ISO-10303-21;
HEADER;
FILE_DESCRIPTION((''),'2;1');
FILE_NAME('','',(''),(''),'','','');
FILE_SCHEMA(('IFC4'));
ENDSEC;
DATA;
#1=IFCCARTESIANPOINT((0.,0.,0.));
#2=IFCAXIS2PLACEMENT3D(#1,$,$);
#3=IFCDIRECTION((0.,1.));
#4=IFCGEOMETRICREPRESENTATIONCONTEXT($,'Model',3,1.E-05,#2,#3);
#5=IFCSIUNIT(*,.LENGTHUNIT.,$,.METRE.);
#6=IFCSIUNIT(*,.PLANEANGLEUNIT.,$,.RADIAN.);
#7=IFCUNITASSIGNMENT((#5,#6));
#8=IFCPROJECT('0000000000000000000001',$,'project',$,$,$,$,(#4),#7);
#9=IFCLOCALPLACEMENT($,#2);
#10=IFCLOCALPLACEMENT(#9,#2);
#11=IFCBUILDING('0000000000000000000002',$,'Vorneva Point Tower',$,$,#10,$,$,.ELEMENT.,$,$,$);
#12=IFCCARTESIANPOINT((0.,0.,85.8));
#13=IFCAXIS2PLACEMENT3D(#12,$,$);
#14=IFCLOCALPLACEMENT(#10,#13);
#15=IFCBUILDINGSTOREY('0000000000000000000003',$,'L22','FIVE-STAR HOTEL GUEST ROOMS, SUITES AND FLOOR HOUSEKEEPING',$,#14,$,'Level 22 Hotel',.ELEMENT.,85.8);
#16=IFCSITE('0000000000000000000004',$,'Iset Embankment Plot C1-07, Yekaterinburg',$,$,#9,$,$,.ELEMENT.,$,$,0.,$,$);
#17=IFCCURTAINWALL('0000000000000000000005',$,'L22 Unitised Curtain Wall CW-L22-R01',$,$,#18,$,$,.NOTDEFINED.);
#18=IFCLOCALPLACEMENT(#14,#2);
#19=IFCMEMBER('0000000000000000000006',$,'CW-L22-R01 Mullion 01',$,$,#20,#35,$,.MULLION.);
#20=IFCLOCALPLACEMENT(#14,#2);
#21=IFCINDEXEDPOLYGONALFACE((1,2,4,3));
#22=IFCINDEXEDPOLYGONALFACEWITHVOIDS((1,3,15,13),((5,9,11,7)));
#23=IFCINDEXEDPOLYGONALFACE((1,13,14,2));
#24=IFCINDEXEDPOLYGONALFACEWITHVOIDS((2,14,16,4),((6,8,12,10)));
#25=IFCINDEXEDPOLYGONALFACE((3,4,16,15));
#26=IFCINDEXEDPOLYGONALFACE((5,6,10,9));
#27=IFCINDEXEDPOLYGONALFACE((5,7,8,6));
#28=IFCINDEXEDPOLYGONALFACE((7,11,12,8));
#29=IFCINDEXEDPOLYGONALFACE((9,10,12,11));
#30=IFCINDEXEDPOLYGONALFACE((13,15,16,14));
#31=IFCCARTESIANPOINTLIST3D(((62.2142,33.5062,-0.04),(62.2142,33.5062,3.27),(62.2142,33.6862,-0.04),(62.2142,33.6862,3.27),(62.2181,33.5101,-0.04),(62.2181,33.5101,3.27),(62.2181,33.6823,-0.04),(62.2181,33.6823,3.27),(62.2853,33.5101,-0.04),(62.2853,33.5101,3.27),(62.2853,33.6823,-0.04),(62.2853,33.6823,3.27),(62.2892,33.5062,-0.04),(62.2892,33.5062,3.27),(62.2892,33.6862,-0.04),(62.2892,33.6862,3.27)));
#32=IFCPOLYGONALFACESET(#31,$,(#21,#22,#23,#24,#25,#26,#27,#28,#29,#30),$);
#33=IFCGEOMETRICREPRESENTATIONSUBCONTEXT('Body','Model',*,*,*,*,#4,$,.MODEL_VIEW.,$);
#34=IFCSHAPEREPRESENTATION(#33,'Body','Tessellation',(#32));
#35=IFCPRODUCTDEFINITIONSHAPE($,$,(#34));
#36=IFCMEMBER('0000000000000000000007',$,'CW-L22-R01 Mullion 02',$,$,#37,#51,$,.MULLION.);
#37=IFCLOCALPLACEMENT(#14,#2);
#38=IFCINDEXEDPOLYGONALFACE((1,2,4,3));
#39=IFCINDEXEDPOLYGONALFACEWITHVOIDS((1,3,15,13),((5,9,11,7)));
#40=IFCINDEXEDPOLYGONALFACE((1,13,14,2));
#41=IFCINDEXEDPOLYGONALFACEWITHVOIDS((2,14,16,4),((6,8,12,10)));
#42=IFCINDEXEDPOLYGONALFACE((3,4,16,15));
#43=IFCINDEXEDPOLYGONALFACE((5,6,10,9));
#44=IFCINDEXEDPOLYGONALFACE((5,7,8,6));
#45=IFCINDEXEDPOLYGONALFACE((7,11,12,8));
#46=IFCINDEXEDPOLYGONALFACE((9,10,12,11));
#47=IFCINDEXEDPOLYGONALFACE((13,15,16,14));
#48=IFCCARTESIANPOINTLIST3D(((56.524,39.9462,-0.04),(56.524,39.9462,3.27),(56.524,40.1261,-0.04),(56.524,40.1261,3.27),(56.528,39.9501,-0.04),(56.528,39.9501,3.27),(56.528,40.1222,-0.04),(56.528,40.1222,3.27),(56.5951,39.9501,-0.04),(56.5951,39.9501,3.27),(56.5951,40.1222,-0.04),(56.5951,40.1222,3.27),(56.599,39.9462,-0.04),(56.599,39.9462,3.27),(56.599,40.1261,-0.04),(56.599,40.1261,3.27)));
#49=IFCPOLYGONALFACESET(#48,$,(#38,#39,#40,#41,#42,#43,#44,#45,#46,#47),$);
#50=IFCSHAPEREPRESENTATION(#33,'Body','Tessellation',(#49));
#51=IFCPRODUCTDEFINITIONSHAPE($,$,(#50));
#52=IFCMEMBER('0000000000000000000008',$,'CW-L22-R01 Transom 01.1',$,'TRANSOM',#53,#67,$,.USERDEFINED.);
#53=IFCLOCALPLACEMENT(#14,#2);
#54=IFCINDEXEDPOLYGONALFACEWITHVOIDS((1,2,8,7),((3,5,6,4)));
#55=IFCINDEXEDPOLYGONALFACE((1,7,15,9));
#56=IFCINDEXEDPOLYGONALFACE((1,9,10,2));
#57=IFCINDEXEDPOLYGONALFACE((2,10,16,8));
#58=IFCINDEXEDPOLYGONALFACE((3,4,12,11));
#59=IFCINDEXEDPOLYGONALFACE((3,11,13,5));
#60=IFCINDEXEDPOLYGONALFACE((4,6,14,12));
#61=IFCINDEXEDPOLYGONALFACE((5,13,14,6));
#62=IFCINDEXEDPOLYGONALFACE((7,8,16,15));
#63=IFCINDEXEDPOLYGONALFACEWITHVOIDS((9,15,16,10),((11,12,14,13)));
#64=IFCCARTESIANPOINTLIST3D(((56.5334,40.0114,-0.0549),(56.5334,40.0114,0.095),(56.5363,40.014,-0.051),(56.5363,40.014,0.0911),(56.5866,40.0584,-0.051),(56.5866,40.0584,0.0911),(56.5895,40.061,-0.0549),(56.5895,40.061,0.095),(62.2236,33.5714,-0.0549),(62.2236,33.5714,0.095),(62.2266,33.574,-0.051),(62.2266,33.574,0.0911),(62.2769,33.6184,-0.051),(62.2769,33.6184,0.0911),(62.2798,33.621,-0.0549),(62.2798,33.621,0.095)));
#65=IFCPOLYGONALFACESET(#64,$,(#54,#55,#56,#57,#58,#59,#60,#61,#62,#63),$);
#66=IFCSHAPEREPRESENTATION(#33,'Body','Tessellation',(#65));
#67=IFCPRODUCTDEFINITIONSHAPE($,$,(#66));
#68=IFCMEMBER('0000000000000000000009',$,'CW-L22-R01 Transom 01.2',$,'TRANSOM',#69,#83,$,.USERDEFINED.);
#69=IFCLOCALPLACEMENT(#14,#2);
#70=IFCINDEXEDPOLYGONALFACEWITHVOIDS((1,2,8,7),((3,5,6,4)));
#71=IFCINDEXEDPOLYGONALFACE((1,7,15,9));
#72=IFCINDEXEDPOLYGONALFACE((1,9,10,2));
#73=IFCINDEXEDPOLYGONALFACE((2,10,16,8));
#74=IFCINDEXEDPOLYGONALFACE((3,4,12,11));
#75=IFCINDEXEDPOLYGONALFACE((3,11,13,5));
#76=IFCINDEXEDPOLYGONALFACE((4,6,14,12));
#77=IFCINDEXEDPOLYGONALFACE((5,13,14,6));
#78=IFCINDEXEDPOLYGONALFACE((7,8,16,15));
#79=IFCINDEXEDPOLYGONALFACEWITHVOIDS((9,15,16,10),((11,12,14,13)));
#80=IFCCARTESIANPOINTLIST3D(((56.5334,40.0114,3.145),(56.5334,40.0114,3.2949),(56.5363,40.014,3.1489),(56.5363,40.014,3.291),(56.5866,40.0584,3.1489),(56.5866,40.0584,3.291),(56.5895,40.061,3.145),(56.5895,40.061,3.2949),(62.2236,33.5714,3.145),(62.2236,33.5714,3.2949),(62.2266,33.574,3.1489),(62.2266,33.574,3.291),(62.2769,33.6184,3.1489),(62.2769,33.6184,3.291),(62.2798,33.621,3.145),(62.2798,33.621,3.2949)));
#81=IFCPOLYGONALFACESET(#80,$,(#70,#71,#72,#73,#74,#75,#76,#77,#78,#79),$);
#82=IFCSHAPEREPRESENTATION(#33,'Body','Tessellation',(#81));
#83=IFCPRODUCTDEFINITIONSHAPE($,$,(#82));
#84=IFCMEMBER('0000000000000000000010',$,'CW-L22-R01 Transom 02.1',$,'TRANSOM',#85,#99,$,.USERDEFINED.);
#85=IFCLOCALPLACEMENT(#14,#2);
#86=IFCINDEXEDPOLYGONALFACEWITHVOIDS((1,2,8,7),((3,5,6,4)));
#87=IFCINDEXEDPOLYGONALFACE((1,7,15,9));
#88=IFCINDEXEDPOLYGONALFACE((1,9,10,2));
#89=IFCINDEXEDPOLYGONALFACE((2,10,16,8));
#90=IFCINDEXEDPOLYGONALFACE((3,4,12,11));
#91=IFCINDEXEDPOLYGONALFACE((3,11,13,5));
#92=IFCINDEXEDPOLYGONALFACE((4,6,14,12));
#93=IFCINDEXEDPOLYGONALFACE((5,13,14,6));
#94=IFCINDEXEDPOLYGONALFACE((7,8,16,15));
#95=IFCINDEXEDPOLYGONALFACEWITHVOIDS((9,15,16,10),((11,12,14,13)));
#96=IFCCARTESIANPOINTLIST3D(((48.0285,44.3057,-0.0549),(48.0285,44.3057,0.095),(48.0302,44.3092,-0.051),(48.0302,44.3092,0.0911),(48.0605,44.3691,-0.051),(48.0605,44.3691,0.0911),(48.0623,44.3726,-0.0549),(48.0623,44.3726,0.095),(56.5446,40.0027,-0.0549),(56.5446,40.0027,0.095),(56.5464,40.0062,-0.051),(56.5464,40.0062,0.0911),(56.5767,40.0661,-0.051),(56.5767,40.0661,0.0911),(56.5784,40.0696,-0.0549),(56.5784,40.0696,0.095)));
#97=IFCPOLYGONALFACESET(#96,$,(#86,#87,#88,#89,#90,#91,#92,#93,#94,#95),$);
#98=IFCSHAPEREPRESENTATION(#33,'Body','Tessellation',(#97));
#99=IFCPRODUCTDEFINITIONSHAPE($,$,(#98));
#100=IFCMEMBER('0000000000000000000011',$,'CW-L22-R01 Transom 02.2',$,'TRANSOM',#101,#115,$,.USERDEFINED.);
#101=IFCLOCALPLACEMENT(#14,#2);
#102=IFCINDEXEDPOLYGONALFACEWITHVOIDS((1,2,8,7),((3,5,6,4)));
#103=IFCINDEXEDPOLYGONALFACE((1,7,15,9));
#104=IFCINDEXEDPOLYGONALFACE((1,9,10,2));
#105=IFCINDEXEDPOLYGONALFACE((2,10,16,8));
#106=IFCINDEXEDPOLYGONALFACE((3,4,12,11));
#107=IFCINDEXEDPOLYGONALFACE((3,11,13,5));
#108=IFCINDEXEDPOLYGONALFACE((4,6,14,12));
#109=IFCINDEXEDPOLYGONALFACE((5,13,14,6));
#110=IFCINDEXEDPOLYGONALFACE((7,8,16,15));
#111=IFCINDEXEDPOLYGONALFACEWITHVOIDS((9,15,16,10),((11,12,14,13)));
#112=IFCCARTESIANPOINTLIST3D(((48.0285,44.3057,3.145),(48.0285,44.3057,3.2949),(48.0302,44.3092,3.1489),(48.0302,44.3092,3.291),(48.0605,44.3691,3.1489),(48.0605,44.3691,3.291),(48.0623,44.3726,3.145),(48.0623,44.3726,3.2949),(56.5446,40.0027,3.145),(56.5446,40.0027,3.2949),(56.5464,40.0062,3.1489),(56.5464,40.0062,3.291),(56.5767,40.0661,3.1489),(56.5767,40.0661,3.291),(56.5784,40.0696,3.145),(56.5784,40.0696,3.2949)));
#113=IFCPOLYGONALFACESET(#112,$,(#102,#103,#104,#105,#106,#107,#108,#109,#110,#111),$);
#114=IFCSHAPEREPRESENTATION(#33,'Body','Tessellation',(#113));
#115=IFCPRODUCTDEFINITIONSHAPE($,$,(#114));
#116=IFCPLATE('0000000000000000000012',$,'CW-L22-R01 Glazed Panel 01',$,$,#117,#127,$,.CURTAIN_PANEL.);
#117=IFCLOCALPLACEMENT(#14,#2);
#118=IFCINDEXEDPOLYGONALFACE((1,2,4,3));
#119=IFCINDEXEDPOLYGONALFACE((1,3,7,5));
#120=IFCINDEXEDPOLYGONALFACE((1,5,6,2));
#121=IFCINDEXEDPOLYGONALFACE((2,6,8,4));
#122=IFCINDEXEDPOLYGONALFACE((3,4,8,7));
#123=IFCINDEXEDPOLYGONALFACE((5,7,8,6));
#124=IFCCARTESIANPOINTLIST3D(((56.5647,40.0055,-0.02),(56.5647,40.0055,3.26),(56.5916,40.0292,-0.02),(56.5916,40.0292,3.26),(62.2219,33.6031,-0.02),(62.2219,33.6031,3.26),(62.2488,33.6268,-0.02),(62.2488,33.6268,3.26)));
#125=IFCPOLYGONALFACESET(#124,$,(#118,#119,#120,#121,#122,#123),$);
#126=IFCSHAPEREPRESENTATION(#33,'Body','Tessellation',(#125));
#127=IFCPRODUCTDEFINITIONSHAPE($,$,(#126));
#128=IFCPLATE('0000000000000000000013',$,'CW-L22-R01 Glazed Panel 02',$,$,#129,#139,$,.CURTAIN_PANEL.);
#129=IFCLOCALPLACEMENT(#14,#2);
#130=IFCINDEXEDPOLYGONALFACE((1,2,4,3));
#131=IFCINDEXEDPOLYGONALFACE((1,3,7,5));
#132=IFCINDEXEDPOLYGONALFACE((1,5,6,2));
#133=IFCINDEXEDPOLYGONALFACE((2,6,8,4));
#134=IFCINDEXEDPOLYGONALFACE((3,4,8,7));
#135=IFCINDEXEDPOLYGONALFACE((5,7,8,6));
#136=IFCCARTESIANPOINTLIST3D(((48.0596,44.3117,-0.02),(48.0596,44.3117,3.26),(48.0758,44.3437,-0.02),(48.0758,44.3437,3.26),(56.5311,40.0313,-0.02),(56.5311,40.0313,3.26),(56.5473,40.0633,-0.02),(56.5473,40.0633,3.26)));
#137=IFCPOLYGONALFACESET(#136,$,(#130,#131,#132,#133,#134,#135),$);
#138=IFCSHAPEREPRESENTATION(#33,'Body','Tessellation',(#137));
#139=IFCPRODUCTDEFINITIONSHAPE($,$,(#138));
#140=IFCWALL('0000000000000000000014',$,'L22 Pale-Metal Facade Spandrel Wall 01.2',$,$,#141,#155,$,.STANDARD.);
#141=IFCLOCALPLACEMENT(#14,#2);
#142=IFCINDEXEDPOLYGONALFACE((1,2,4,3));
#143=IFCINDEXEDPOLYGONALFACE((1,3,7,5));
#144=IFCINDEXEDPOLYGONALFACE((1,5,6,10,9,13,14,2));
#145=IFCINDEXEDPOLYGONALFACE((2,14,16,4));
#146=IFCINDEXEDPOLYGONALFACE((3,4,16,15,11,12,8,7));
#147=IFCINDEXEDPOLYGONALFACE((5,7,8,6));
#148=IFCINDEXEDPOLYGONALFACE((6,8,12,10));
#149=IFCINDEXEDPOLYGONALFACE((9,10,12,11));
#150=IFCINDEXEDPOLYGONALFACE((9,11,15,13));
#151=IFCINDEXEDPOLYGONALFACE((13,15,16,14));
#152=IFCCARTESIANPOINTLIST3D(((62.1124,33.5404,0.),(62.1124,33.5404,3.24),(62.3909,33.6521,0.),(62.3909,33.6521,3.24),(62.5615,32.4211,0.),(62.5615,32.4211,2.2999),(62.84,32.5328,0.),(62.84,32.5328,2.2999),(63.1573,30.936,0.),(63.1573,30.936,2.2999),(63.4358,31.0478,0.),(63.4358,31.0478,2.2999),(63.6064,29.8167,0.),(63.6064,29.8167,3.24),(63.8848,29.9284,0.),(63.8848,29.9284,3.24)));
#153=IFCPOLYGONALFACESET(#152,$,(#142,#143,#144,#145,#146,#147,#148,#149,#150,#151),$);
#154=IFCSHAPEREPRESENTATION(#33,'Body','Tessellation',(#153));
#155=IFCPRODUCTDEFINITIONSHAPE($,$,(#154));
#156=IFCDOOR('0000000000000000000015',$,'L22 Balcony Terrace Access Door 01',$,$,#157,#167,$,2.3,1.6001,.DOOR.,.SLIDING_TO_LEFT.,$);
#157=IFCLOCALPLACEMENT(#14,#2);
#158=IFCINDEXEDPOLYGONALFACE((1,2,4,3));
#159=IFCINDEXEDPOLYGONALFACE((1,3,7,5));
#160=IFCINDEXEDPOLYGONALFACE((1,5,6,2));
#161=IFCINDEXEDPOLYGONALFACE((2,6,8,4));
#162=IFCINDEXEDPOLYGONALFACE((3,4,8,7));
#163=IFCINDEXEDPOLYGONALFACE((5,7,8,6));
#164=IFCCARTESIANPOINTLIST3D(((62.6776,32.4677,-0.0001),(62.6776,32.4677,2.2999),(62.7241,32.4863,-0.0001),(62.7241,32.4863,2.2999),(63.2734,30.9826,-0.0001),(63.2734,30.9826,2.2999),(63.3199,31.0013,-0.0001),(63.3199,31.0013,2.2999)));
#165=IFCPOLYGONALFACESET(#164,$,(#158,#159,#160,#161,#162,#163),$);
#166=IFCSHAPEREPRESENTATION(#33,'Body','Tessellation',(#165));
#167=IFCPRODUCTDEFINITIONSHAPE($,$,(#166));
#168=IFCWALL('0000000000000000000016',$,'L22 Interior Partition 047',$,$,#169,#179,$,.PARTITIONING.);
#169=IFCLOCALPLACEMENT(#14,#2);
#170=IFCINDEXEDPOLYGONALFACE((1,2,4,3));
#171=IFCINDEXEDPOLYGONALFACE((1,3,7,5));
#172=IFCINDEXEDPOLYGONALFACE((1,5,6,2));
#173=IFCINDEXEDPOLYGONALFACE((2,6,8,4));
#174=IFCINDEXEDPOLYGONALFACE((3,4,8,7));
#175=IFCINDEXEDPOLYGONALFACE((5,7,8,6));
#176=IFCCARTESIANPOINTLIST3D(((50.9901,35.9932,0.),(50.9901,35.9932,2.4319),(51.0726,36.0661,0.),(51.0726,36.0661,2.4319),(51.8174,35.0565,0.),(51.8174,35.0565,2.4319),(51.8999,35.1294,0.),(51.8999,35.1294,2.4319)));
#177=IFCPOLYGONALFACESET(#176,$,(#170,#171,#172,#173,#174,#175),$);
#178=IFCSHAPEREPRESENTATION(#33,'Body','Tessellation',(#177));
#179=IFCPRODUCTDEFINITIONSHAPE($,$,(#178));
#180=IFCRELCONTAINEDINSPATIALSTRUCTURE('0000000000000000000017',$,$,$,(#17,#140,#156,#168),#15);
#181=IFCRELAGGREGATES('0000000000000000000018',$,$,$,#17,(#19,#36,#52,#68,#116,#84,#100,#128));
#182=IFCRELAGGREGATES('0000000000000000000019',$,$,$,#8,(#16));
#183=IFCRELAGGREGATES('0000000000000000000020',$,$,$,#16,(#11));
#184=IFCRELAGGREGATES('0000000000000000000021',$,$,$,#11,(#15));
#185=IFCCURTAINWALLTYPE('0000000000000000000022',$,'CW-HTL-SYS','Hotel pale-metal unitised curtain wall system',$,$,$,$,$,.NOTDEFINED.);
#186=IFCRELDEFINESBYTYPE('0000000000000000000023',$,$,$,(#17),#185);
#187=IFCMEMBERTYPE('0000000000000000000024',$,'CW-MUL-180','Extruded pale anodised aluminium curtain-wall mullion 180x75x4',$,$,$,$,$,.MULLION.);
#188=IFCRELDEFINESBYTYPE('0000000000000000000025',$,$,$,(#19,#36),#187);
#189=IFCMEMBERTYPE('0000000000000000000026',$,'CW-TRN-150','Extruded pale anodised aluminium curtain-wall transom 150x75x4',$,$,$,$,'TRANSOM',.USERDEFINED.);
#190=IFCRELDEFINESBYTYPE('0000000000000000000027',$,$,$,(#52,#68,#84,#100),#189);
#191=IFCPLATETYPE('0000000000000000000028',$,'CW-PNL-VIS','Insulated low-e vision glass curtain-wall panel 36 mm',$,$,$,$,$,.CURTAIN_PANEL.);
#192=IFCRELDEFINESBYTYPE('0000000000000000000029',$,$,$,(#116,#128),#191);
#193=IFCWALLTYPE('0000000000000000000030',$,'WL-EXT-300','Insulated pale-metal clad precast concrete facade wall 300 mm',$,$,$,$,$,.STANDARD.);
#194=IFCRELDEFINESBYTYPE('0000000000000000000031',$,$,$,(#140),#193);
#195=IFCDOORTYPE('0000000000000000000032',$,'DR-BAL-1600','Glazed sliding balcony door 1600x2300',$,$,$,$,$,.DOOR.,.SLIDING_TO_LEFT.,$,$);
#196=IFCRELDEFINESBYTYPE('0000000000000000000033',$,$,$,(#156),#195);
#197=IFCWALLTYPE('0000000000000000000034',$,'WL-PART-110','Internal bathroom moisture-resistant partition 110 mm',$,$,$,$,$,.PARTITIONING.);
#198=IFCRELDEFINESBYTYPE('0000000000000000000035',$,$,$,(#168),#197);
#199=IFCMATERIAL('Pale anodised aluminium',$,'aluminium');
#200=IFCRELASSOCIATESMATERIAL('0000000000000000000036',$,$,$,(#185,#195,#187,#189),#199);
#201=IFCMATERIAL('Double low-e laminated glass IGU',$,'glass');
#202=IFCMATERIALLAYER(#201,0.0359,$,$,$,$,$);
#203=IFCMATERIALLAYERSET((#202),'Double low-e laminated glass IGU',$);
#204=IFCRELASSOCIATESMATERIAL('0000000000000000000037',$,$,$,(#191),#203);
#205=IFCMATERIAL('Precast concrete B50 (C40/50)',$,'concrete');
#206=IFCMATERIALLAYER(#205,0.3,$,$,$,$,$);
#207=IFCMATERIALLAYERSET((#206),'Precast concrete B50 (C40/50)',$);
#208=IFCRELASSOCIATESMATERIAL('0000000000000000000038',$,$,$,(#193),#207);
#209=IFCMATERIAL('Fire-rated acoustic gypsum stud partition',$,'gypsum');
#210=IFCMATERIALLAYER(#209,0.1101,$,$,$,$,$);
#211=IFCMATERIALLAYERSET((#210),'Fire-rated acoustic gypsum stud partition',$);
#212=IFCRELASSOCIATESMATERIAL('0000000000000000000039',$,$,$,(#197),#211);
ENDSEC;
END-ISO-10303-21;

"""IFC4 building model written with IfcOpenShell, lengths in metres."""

from ifc_helpers import new_model, si_unit, direction, frame, frame_2d, origin, origin_2d, place, context, subcontext, project, spatial, rectangle, hollow_rectangle, extrude, material, layer, layer_set, material_profile, profile_set, type_object, element, fill, aggregate, save


model = new_model("IFC4")

# Units and contexts
model_context = context("Model", 3, precision=1e-05, world=origin(), true_north=direction((0.0, 1.0)))
body_context = subcontext(model_context, "Body", "Model", "MODEL_VIEW")
ifc_project = project(units=[si_unit("LENGTHUNIT", "METRE"), si_unit("PLANEANGLEUNIT", "RADIAN")], contexts=[model_context])

# Site, building, storey
site_placement = place(None, origin())
site = spatial("IfcSite", under=ifc_project, at=site_placement, Name="Iset Embankment Plot C1-07, Yekaterinburg", CompositionType="ELEMENT", RefElevation=0.0)
building_placement = place(site_placement, origin())
building = spatial("IfcBuilding", under=site, at=building_placement, Name="Vorneva Point Tower", CompositionType="ELEMENT")
storey_placement = place(building_placement, frame((0.0, 0.0, 85.8)))
storey = spatial("IfcBuildingStorey", under=building, at=storey_placement, Name="L22", Description="FIVE-STAR HOTEL GUEST ROOMS, SUITES AND FLOOR HOUSEKEEPING", LongName="Level 22 Hotel", CompositionType="ELEMENT", Elevation=85.8)

# Curtain wall, members, plates
ifc_material_1 = material(Name="Pale anodised aluminium", Category="aluminium")
curtain_wall_type = type_object("IfcCurtainWallType", Name="CW-HTL-SYS", Description="Hotel pale-metal unitised curtain wall system", PredefinedType="NOTDEFINED", material=ifc_material_1)
curtain_wall_placement = place(storey_placement, origin())
curtain_wall = element("IfcCurtainWall", 1, at=curtain_wall_placement, inside=storey, type_object=curtain_wall_type, Name="L22 Unitised Curtain Wall CW-L22-R01", PredefinedType="NOTDEFINED")
ifc_material_profile_1 = material_profile(ifc_material_1, hollow_rectangle(XDim=0.075, YDim=0.1799, WallThickness=0.0039, at=origin_2d()), Name="AL-MUL 180x75x4")
ifc_profile_set_1 = profile_set([ifc_material_profile_1], Name="Pale anodised aluminium")
member_type_1 = type_object("IfcMemberType", Name="CW-MUL-180", Description="Extruded pale anodised aluminium curtain-wall mullion 180x75x4", PredefinedType="MULLION", material=ifc_profile_set_1)
member_1_placement = place(storey_placement, frame((62.2517, 33.5962, -0.04), z_axis=(0.0, 0.0, 1.0), x_axis=(1.0, 0.0, 0.0)))
member_1 = element("IfcMember", 2, at=member_1_placement, type_object=member_type_1, Name="CW-L22-R01 Mullion 01", PredefinedType="MULLION", context=body_context, shape_type="SweptSolid", body=[
    extrude(hollow_rectangle(XDim=0.075, YDim=0.1799, WallThickness=0.0039, at=origin_2d()), origin(), (0.0, 0.0, 1.0), 3.3101),
])
member_2_placement = place(storey_placement, frame((56.5615, 40.0361, -0.04), z_axis=(0.0, 0.0, 1.0), x_axis=(1.0, 0.0, 0.0)))
member_2 = element("IfcMember", 3, at=member_2_placement, type_object=member_type_1, Name="CW-L22-R01 Mullion 02", PredefinedType="MULLION", context=body_context, shape_type="SweptSolid", body=[
    extrude(hollow_rectangle(XDim=0.075, YDim=0.1799, WallThickness=0.0039, at=origin_2d()), origin(), (0.0, 0.0, 1.0), 3.3101),
])
ifc_material_profile_2 = material_profile(ifc_material_1, hollow_rectangle(XDim=0.075, YDim=0.1499, WallThickness=0.0039, at=origin_2d()), Name="AL-TRN 150x75x4")
ifc_profile_set_2 = profile_set([ifc_material_profile_2], Name="Pale anodised aluminium")
member_type_2 = type_object("IfcMemberType", Name="CW-TRN-150", Description="Extruded pale anodised aluminium curtain-wall transom 150x75x4", ElementType="TRANSOM", PredefinedType="USERDEFINED", material=ifc_profile_set_2)
member_3_placement = place(storey_placement, frame((62.2517, 33.5962, 0.02), z_axis=(-0.662137, 0.749383, 0.0), x_axis=(-0.749383, -0.662137, 0.0)))
member_3 = element("IfcMember", 4, at=member_3_placement, type_object=member_type_2, Name="CW-L22-R01 Transom 01.1", ObjectType="TRANSOM", PredefinedType="USERDEFINED", context=body_context, shape_type="SweptSolid", body=[
    extrude(hollow_rectangle(XDim=0.075, YDim=0.1499, WallThickness=0.0039, at=origin_2d()), origin(), (0.0, 0.0, 1.0), 8.5938),
])
member_4_placement = place(storey_placement, frame((62.2517, 33.5962, 3.22), z_axis=(-0.662137, 0.749383, 0.0), x_axis=(-0.749383, -0.662137, 0.0)))
member_4 = element("IfcMember", 5, at=member_4_placement, type_object=member_type_2, Name="CW-L22-R01 Transom 01.2", ObjectType="TRANSOM", PredefinedType="USERDEFINED", context=body_context, shape_type="SweptSolid", body=[
    extrude(hollow_rectangle(XDim=0.075, YDim=0.1499, WallThickness=0.0039, at=origin_2d()), origin(), (0.0, 0.0, 1.0), 8.5938),
])
member_5_placement = place(storey_placement, frame((56.5615, 40.0361, 0.02), z_axis=(-0.892536, 0.450976, 0.0), x_axis=(-0.450976, -0.892536, 0.0)))
member_5 = element("IfcMember", 6, at=member_5_placement, type_object=member_type_2, Name="CW-L22-R01 Transom 02.1", ObjectType="TRANSOM", PredefinedType="USERDEFINED", context=body_context, shape_type="SweptSolid", body=[
    extrude(hollow_rectangle(XDim=0.075, YDim=0.1499, WallThickness=0.0039, at=origin_2d()), origin(), (0.0, 0.0, 1.0), 9.5415),
])
member_6_placement = place(storey_placement, frame((56.5615, 40.0361, 3.22), z_axis=(-0.892536, 0.450976, 0.0), x_axis=(-0.450976, -0.892536, 0.0)))
member_6 = element("IfcMember", 7, at=member_6_placement, type_object=member_type_2, Name="CW-L22-R01 Transom 02.2", ObjectType="TRANSOM", PredefinedType="USERDEFINED", context=body_context, shape_type="SweptSolid", body=[
    extrude(hollow_rectangle(XDim=0.075, YDim=0.1499, WallThickness=0.0039, at=origin_2d()), origin(), (0.0, 0.0, 1.0), 9.5415),
])
ifc_material_2 = material(Name="Double low-e laminated glass IGU", Category="glass")
ifc_layer_1 = layer(ifc_material_2, 0.0359)
ifc_layer_set_1 = layer_set([ifc_layer_1], Name="Double low-e laminated glass IGU")
plate_type = type_object("IfcPlateType", Name="CW-PNL-VIS", Description="Insulated low-e vision glass curtain-wall panel 36 mm", PredefinedType="CURTAIN_PANEL", material=ifc_layer_set_1)
plate_1_placement = place(storey_placement, frame((59.4067, 36.8162, -0.02), z_axis=(0.0, 0.0, 1.0), x_axis=(-0.662149, 0.749372, 0.0)))
plate_1 = element("IfcPlate", 8, at=plate_1_placement, type_object=plate_type, Name="CW-L22-R01 Glazed Panel 01", PredefinedType="CURTAIN_PANEL", context=body_context, shape_type="SweptSolid", body=[
    extrude(rectangle(XDim=8.5437, YDim=0.0359, at=origin_2d()), origin(), (0.0, 0.0, 1.0), 3.28),
])
plate_2_placement = place(storey_placement, frame((52.3035, 42.1875, -0.02), z_axis=(0.0, 0.0, 1.0), x_axis=(-0.892539, 0.450971, 0.0)))
plate_2 = element("IfcPlate", 9, at=plate_2_placement, type_object=plate_type, Name="CW-L22-R01 Glazed Panel 02", PredefinedType="CURTAIN_PANEL", context=body_context, shape_type="SweptSolid", body=[
    extrude(rectangle(XDim=9.4915, YDim=0.0359, at=origin_2d()), origin(), (0.0, 0.0, 1.0), 3.28),
])
aggregate(curtain_wall, [member_1, member_2, member_3, member_4, plate_1, member_5, member_6, plate_2])

# Wall, opening, door
ifc_material_3 = material(Name="Precast concrete B50 (C40/50)", Category="concrete")
ifc_layer_2 = layer(ifc_material_3, 0.3)
ifc_layer_set_2 = layer_set([ifc_layer_2], Name="Precast concrete B50 (C40/50)")
wall_type_1 = type_object("IfcWallType", Name="WL-EXT-300", Description="Insulated pale-metal clad precast concrete facade wall 300 mm", PredefinedType="STANDARD", material=ifc_layer_set_2)
wall_1_placement = place(storey_placement, frame((63.7456, 29.8726, 0.0), z_axis=(0.0, 0.0, 1.0), x_axis=(-0.372345, 0.928094, 0.0)))
wall_1 = element("IfcWall", 10, at=wall_1_placement, inside=storey, type_object=wall_type_1, Name="L22 Pale-Metal Facade Spandrel Wall 01.2", PredefinedType="STANDARD", context=body_context, shape_type="SweptSolid", body=[
    extrude(rectangle(XDim=4.0122, YDim=0.3, at=frame_2d((2.0061, 0.0))), origin(), (0.0, 0.0, 1.0), 3.24),
])
opening_placement = place(wall_1_placement, frame((1.2061, 0.0, 0.0)))
opening = element("IfcOpeningElement", 11, at=opening_placement, cuts=wall_1, PredefinedType="OPENING", context=body_context, shape_type="SweptSolid", body=[
    extrude(rectangle(XDim=1.6001, YDim=2.3, at=frame_2d((0.8, 1.1499))), frame((0.0, 0.165, 0.0), z_axis=(0.0, -1.0, 0.0), x_axis=(1.0, 0.0, 0.0)), (0.0, 0.0, 1.0), 0.3298),
])
door_type = type_object("IfcDoorType", Name="DR-BAL-1600", Description="Glazed sliding balcony door 1600x2300", OperationType="SLIDING_TO_LEFT", PredefinedType="DOOR", material=ifc_material_1)
door_placement = place(opening_placement, origin())
door = element("IfcDoor", 12, at=door_placement, inside=storey, type_object=door_type, Name="L22 Balcony Terrace Access Door 01", OperationType="SLIDING_TO_LEFT", OverallHeight=2.3, OverallWidth=1.6001, PredefinedType="DOOR", context=body_context, shape_type="SweptSolid", body=[
    extrude(rectangle(XDim=1.6001, YDim=2.3, at=frame_2d((0.8, 1.1499))), frame((0.0, 0.0249, 0.0), z_axis=(0.0, -1.0, 0.0), x_axis=(1.0, 0.0, 0.0)), (0.0, 0.0, 1.0), 0.05),
])
fill(opening, door)

# Wall
ifc_material_4 = material(Name="Fire-rated acoustic gypsum stud partition", Category="gypsum")
ifc_layer_3 = layer(ifc_material_4, 0.1101)
ifc_layer_set_3 = layer_set([ifc_layer_3], Name="Fire-rated acoustic gypsum stud partition")
wall_type_2 = type_object("IfcWallType", Name="WL-PART-110", Description="Internal bathroom moisture-resistant partition 110 mm", PredefinedType="PARTITIONING", material=ifc_layer_set_3)
wall_2_placement = place(storey_placement, frame((51.0312, 36.0298, 0.0), z_axis=(0.0, 0.0, 1.0), x_axis=(0.661996, -0.749507, 0.0)))
element("IfcWall", 13, at=wall_2_placement, inside=storey, type_object=wall_type_2, Name="L22 Interior Partition 047", PredefinedType="PARTITIONING", context=body_context, shape_type="SweptSolid", body=[
    extrude(rectangle(XDim=1.2498, YDim=0.1101, at=frame_2d((0.625, 0.0))), origin(), (0.0, 0.0, 1.0), 2.4319),
])

save(model, "model.ifc")
